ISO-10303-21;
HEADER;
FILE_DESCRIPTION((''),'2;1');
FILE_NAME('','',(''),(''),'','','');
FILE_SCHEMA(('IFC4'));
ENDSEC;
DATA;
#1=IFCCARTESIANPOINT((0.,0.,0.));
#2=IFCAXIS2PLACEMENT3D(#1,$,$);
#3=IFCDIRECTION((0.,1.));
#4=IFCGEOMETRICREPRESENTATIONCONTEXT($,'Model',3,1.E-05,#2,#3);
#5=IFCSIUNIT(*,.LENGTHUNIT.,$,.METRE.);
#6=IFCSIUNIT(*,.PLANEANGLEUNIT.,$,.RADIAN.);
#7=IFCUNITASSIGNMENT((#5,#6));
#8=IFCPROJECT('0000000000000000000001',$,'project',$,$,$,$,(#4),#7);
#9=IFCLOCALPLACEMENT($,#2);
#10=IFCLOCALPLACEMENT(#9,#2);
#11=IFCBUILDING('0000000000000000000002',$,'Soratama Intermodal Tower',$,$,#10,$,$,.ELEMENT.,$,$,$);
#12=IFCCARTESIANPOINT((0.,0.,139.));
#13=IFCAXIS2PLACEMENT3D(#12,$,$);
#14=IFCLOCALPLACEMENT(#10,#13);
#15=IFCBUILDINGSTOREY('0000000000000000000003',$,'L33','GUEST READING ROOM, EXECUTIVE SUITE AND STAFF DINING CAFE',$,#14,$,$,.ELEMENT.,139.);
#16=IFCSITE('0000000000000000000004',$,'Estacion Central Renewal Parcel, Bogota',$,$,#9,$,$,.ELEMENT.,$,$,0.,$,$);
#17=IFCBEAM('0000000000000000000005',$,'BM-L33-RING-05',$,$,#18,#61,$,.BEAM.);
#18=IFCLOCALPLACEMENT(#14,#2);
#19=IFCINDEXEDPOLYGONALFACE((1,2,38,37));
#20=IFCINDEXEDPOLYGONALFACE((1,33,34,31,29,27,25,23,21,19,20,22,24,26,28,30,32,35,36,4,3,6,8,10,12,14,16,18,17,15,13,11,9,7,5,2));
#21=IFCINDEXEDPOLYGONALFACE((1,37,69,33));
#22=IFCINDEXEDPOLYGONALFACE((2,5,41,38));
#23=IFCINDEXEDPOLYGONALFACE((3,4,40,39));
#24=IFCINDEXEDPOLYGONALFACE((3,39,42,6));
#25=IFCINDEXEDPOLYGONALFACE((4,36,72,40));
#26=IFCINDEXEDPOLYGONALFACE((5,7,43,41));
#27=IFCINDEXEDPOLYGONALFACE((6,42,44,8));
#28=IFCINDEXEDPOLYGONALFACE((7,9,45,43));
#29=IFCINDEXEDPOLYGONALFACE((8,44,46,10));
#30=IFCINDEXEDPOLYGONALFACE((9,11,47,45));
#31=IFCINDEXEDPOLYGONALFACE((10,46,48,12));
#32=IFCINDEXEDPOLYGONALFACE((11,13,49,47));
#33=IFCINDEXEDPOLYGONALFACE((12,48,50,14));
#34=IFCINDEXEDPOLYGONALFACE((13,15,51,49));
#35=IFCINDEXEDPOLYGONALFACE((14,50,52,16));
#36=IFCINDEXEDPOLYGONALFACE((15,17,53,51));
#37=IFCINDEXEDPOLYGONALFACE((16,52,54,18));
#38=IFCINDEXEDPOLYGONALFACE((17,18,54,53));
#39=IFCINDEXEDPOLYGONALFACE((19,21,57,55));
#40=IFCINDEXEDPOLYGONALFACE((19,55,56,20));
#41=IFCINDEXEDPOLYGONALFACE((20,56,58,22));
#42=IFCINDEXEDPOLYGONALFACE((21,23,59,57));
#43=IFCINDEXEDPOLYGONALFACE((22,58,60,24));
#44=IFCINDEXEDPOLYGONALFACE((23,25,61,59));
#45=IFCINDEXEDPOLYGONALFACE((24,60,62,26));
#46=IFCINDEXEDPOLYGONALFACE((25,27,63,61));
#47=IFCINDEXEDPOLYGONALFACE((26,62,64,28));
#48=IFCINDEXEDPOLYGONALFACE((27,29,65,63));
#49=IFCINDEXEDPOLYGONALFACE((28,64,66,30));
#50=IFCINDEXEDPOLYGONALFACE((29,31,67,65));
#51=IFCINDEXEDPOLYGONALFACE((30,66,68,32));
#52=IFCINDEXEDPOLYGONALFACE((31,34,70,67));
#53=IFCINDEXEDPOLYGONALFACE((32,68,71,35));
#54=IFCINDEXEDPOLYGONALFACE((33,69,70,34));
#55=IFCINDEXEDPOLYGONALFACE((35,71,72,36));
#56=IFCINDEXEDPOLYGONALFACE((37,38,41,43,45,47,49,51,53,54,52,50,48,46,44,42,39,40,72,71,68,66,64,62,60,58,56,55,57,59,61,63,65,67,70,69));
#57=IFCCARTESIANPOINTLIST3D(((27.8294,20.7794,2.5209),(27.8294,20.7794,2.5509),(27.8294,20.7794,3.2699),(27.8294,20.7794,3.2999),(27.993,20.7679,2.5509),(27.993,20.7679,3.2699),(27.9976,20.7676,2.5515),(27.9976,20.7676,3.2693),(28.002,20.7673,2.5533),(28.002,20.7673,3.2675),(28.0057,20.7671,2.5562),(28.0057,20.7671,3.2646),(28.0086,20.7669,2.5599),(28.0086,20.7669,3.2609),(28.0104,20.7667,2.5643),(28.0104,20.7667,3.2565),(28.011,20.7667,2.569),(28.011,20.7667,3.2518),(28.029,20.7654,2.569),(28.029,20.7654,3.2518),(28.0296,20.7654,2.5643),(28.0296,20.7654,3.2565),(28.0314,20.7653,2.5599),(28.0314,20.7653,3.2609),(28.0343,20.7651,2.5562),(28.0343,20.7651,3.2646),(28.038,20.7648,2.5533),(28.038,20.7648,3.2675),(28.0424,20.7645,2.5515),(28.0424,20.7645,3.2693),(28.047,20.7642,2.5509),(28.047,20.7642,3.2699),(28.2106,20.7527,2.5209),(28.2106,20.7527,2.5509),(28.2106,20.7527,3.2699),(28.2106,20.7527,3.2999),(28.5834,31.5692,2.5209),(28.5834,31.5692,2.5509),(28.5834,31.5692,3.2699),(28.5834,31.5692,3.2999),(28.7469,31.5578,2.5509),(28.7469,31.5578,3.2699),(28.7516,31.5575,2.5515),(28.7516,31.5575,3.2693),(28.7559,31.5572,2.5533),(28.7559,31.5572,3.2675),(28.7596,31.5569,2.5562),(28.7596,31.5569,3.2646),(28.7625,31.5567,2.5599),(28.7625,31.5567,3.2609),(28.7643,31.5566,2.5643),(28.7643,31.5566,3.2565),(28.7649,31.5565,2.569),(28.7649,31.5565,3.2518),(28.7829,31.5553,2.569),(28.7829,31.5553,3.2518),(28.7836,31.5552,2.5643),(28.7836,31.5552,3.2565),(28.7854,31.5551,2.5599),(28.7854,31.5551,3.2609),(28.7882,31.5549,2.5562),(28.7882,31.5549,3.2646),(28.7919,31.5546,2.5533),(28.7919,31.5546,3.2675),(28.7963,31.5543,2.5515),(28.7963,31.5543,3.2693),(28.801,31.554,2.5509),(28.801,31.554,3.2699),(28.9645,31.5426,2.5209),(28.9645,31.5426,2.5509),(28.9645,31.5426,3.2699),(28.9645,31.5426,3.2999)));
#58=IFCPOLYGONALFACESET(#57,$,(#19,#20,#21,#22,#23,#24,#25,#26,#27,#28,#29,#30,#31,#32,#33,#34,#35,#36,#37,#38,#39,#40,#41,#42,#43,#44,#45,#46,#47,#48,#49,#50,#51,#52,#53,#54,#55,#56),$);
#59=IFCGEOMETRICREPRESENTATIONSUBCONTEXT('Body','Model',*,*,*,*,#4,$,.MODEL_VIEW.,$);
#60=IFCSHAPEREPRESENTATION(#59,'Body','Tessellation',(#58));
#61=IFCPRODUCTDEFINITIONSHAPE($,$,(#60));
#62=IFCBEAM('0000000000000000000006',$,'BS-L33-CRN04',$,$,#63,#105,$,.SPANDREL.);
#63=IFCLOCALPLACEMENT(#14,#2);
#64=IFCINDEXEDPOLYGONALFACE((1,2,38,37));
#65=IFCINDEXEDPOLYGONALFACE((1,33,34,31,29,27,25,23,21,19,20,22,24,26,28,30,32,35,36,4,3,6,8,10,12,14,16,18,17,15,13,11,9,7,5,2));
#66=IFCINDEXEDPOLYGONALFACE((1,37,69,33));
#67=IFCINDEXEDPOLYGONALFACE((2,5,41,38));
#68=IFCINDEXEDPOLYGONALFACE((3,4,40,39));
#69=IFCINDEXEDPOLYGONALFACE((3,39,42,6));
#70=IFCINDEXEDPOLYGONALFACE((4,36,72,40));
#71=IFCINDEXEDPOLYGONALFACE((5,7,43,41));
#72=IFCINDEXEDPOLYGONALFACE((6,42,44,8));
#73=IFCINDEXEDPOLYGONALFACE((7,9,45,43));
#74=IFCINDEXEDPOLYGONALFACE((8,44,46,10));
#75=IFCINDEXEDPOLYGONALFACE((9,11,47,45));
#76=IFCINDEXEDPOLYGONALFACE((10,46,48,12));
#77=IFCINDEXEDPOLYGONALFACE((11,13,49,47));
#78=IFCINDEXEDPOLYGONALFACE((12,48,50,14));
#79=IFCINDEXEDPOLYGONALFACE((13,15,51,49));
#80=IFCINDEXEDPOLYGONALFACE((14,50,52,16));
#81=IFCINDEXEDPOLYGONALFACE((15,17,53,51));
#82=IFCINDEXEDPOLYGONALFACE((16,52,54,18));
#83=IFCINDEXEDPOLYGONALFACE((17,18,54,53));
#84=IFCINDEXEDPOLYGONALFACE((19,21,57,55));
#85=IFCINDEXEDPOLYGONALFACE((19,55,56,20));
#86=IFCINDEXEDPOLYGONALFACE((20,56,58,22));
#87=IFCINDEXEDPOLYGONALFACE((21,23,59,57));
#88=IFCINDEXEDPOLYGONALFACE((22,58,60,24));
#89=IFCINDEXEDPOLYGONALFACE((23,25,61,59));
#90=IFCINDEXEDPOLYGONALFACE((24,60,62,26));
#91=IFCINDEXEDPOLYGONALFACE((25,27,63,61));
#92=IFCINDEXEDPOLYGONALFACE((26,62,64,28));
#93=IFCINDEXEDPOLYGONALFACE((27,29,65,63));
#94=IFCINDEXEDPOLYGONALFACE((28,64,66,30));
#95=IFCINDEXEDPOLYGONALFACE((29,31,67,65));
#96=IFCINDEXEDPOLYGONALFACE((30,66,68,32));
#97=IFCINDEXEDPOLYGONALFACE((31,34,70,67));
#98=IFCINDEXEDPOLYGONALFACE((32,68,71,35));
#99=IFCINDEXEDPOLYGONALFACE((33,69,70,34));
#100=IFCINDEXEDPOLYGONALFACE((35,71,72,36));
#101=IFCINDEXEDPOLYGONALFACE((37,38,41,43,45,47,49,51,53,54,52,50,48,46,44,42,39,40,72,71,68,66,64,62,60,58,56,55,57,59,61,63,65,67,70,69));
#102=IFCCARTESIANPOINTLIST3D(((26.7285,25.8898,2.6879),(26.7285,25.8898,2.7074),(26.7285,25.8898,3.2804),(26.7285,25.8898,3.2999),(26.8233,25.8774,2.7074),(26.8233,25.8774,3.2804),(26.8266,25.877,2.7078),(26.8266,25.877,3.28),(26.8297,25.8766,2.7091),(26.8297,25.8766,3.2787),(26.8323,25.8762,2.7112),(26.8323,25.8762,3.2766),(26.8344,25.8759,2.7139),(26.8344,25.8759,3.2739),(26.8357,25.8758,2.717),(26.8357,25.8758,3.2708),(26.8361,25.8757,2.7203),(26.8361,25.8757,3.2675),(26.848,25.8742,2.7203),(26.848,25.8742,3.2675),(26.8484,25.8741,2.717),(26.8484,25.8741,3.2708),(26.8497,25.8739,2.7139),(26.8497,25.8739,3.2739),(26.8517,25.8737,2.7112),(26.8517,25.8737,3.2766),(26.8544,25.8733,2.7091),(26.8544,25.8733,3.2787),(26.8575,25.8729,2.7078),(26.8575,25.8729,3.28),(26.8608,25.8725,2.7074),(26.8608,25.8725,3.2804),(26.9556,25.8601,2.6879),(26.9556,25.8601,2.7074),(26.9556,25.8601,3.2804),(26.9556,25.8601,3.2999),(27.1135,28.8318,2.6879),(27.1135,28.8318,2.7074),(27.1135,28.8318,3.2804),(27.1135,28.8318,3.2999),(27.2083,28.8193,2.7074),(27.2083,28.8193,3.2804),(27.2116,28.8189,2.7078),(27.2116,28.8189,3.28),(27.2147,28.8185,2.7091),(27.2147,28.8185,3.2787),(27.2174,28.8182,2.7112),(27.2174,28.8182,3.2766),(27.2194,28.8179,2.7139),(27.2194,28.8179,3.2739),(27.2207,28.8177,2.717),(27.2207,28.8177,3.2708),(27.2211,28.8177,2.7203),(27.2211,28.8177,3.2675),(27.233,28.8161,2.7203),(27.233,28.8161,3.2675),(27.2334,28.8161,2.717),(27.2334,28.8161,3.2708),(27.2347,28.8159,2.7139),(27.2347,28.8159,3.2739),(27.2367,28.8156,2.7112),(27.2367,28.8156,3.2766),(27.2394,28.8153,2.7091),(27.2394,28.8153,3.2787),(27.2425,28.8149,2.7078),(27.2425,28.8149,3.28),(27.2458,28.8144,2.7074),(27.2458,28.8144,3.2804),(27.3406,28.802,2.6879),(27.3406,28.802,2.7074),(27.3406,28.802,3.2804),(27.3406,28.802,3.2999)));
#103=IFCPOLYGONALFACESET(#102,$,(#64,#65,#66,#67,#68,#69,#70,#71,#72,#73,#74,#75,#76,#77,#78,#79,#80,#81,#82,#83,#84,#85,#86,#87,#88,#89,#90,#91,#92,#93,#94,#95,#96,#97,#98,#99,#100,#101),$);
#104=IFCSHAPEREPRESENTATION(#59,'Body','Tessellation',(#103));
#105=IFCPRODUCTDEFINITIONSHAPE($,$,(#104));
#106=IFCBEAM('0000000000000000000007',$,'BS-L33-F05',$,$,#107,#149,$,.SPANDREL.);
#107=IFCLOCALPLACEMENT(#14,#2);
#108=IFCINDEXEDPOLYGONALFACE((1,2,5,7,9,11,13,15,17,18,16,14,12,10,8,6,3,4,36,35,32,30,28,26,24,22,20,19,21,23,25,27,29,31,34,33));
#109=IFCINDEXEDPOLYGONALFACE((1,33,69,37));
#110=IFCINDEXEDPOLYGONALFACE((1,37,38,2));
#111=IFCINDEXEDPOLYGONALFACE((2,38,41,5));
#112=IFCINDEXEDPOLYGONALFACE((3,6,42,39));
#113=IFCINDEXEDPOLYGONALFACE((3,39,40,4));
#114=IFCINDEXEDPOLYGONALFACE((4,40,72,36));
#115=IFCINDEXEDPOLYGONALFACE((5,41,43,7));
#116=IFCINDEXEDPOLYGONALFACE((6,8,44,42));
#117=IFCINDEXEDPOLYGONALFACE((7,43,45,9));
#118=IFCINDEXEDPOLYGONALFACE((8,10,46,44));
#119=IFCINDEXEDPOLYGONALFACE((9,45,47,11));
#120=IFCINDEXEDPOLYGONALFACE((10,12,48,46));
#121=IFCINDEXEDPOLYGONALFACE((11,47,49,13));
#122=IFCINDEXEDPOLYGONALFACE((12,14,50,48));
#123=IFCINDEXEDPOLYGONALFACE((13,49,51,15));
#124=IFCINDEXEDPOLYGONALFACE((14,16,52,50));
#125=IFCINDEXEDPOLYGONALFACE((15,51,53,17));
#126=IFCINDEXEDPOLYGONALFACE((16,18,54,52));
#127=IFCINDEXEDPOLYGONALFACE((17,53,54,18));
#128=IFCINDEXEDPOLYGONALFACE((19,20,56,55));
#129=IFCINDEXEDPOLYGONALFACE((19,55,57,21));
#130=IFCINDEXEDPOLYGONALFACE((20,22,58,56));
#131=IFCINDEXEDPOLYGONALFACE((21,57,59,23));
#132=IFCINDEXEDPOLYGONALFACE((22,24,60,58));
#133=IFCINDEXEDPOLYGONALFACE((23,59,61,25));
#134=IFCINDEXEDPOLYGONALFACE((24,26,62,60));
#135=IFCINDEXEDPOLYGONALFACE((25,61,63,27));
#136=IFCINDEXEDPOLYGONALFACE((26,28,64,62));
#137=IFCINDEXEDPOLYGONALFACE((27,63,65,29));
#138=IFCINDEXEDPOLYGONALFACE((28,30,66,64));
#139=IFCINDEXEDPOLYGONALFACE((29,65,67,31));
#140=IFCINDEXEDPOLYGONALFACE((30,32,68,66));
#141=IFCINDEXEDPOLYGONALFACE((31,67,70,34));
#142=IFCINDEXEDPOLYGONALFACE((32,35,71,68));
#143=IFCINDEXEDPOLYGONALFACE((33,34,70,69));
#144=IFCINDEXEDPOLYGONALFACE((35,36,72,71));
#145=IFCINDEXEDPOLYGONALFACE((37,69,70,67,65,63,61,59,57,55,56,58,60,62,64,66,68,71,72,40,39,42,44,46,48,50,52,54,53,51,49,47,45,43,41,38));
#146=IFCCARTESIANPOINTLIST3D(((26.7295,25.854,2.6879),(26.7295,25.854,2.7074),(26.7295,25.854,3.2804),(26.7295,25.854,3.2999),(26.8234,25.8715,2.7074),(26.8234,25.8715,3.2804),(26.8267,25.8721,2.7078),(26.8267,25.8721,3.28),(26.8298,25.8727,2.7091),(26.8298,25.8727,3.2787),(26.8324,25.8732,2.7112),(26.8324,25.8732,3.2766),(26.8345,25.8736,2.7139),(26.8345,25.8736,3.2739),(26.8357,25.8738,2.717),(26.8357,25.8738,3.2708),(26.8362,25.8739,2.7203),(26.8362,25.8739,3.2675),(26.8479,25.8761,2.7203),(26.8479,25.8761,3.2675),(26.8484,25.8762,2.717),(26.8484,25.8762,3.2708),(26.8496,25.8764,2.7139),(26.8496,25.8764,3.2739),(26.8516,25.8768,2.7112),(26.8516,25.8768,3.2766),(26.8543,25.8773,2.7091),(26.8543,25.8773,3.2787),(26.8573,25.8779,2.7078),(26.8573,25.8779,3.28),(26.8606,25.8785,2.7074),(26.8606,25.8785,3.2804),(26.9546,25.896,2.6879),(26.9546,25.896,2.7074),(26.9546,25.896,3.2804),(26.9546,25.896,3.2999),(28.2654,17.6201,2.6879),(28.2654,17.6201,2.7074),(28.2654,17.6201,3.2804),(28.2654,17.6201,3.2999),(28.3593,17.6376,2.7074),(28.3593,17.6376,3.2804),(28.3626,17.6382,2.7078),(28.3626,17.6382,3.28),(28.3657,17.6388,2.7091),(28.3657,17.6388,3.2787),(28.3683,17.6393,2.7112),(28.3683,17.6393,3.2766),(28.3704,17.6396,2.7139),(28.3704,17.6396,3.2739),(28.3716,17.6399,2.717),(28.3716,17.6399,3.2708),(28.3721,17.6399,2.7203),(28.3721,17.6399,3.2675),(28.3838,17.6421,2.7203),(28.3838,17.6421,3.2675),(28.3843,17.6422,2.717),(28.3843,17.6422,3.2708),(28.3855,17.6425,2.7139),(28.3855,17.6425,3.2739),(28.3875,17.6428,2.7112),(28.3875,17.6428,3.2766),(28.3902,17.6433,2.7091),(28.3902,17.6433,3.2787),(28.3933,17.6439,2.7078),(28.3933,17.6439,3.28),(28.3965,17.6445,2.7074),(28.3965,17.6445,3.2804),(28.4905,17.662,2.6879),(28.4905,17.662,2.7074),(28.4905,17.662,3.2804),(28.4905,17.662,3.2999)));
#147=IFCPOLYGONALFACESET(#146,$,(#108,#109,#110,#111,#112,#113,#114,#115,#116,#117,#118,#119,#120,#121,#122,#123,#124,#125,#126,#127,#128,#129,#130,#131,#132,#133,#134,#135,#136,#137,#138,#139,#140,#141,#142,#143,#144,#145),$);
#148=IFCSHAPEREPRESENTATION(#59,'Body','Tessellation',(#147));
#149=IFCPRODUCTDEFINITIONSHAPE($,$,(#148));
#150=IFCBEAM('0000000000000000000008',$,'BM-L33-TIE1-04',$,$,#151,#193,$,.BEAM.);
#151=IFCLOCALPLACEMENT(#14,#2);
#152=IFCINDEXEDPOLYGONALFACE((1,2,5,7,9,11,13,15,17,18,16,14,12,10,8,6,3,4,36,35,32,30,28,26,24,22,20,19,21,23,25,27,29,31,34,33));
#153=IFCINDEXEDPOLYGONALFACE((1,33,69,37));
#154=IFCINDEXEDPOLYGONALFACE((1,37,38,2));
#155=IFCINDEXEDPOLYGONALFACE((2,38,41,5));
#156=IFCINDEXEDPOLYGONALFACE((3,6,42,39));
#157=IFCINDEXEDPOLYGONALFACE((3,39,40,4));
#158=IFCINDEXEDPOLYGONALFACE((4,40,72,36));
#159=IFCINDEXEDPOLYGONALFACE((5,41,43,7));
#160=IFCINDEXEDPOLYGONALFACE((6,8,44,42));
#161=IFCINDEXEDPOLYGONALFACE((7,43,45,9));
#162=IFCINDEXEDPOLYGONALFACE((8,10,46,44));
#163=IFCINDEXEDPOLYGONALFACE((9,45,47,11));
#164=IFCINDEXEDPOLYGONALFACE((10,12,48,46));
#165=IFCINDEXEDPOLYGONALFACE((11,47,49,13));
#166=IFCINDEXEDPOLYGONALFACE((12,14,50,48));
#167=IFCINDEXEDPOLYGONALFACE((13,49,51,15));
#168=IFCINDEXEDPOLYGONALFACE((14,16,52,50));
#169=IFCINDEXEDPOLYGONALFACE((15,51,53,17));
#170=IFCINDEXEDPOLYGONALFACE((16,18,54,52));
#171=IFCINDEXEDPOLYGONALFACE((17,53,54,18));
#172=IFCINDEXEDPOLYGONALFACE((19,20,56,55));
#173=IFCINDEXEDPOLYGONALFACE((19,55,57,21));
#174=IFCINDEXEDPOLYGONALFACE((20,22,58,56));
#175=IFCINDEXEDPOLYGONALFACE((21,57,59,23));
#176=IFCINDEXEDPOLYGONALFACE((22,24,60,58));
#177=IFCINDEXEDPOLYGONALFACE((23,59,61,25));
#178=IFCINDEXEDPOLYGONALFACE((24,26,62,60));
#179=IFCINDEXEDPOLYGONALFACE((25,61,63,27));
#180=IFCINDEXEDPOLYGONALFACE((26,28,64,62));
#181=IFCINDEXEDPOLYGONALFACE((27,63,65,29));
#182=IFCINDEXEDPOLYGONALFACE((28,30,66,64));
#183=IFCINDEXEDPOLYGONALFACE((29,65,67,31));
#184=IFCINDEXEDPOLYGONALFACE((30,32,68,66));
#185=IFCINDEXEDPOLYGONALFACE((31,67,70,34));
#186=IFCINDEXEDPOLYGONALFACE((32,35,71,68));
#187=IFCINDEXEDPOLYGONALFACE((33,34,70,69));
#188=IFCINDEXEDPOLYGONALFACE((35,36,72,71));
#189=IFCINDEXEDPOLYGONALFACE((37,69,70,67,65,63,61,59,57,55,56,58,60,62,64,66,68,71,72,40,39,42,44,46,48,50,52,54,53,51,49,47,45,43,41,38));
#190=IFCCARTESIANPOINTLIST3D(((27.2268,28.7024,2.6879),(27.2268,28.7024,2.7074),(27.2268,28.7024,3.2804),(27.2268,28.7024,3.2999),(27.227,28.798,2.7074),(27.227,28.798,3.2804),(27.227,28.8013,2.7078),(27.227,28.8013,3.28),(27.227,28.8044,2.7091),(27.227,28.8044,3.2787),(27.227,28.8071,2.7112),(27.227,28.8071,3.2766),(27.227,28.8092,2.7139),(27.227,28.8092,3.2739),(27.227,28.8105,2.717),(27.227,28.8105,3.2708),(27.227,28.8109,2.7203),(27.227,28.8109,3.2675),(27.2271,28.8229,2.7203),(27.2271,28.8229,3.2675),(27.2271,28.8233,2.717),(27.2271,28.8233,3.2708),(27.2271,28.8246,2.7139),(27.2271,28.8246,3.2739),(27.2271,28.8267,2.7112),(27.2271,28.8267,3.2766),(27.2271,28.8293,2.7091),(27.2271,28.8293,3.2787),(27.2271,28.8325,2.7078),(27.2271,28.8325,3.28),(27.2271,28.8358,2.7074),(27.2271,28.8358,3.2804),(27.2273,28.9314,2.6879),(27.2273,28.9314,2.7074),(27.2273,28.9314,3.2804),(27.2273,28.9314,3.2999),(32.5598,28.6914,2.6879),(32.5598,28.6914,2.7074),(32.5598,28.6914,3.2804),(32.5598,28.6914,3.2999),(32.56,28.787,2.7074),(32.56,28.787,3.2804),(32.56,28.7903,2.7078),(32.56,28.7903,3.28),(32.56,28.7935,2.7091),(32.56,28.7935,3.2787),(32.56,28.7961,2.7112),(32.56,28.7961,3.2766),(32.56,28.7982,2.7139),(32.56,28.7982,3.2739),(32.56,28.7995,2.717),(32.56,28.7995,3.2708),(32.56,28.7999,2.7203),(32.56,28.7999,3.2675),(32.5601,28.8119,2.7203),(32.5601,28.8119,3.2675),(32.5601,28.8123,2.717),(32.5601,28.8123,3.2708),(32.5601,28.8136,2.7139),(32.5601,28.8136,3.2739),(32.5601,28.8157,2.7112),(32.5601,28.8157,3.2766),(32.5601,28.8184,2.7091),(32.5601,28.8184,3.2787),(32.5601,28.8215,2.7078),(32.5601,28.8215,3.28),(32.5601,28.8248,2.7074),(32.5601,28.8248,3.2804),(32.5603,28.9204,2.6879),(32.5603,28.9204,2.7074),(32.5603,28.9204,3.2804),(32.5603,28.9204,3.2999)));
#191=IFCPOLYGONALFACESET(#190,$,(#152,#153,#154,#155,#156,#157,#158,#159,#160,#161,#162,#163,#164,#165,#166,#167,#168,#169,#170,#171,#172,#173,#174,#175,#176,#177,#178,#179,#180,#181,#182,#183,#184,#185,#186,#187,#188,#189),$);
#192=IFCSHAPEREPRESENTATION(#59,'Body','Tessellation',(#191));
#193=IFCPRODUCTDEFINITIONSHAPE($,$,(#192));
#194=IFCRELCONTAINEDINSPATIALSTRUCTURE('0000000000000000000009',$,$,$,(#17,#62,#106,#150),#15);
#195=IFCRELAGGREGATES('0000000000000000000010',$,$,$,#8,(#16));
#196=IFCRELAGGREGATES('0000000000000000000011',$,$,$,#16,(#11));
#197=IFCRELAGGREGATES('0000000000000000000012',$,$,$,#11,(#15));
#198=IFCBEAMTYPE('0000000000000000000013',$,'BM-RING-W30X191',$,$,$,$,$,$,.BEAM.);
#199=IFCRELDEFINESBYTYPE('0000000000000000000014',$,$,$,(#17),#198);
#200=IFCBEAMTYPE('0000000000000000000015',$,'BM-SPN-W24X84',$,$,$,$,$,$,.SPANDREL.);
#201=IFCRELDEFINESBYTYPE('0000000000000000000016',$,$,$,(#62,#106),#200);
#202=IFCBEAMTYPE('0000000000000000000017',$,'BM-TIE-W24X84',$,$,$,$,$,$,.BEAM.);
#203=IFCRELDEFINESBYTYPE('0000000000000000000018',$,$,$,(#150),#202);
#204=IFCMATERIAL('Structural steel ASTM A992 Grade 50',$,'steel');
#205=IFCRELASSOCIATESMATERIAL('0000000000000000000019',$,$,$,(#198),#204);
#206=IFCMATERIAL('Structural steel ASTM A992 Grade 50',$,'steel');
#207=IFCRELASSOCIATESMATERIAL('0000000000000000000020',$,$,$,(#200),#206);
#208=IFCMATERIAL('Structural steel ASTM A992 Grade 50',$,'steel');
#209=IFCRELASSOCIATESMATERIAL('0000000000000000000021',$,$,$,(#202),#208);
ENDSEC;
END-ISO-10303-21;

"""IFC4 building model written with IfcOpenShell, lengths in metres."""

from ifc_helpers import new_model, si_unit, direction, frame, origin, origin_2d, place, context, subcontext, project, spatial, i_section, extrude, material, material_profile, profile_set, type_object, element, save


model = new_model("IFC4")

# Units and contexts
model_context = context("Model", 3, precision=1e-05, world=origin(), true_north=direction((0.0, 1.0)))
body_context = subcontext(model_context, "Body", "Model", "MODEL_VIEW")
ifc_project = project(units=[si_unit("LENGTHUNIT", "METRE"), si_unit("PLANEANGLEUNIT", "RADIAN")], contexts=[model_context])

# Site, building, storey
site_placement = place(None, origin())
site = spatial("IfcSite", under=ifc_project, at=site_placement, Name="Estacion Central Renewal Parcel, Bogota", CompositionType="ELEMENT", RefElevation=0.0)
building_placement = place(site_placement, origin())
building = spatial("IfcBuilding", under=site, at=building_placement, Name="Soratama Intermodal Tower", CompositionType="ELEMENT")
storey_placement = place(building_placement, frame((0.0, 0.0, 139.0)))
storey = spatial("IfcBuildingStorey", under=building, at=storey_placement, Name="L33", Description="GUEST READING ROOM, EXECUTIVE SUITE AND STAFF DINING CAFE", CompositionType="ELEMENT", Elevation=139.0)

# Beams
ifc_material_1 = material(Name="Structural steel ASTM A992 Grade 50", Category="steel")
ifc_material_profile_1 = material_profile(ifc_material_1, i_section(OverallWidth=0.3821, OverallDepth=0.7791, WebThickness=0.0181, FlangeThickness=0.03, FilletRadius=0.0181, at=origin_2d()), Name="W30X191")
ifc_profile_set_1 = profile_set([ifc_material_profile_1], Name="Structural steel ASTM A992 Grade 50")
beam_type_1 = type_object("IfcBeamType", Name="BM-RING-W30X191", PredefinedType="BEAM", material=ifc_profile_set_1)
beam_1_placement = place(storey_placement, frame((28.7739, 31.5559, 2.9104), z_axis=(-0.069702, -0.997568, 0.0), x_axis=(0.997568, -0.069702, 0.0)))
element("IfcBeam", 1, at=beam_1_placement, inside=storey, type_object=beam_type_1, Name="BM-L33-RING-05", PredefinedType="BEAM", context=body_context, shape_type="SweptSolid", body=[
    extrude(i_section(OverallWidth=0.3821, OverallDepth=0.7791, WebThickness=0.0181, FlangeThickness=0.03, FilletRadius=0.0181, at=origin_2d()), origin(), (0.0, 0.0, 1.0), 10.8162),
])
ifc_material_2 = material(Name="Structural steel ASTM A992 Grade 50", Category="steel")
ifc_material_profile_2 = material_profile(ifc_material_2, i_section(OverallWidth=0.229, OverallDepth=0.6121, WebThickness=0.012, FlangeThickness=0.0195, FilletRadius=0.0129, at=origin_2d()), Name="W24X84")
ifc_profile_set_2 = profile_set([ifc_material_profile_2], Name="Structural steel ASTM A992 Grade 50")
beam_type_2 = type_object("IfcBeamType", Name="BM-SPN-W24X84", PredefinedType="SPANDREL", material=ifc_profile_set_2)
beam_2_placement = place(storey_placement, frame((27.2271, 28.8169, 2.9939), z_axis=(-0.129765, -0.991545, 0.0), x_axis=(0.991545, -0.129765, 0.0)))
element("IfcBeam", 2, at=beam_2_placement, inside=storey, type_object=beam_type_2, Name="BS-L33-CRN04", PredefinedType="SPANDREL", context=body_context, shape_type="SweptSolid", body=[
    extrude(i_section(OverallWidth=0.229, OverallDepth=0.6121, WebThickness=0.012, FlangeThickness=0.0195, FilletRadius=0.0129, at=origin_2d()), origin(), (0.0, 0.0, 1.0), 2.967),
])
beam_3_placement = place(storey_placement, frame((26.842, 25.875, 2.9939), z_axis=(0.18337, -0.983044, 0.0), x_axis=(0.983044, 0.18337, 0.0)))
element("IfcBeam", 3, at=beam_3_placement, inside=storey, type_object=beam_type_2, Name="BS-L33-F05", PredefinedType="SPANDREL", context=body_context, shape_type="SweptSolid", body=[
    extrude(i_section(OverallWidth=0.229, OverallDepth=0.6121, WebThickness=0.012, FlangeThickness=0.0195, FilletRadius=0.0129, at=origin_2d()), origin(), (0.0, 0.0, 1.0), 8.376),
])
ifc_material_3 = material(Name="Structural steel ASTM A992 Grade 50", Category="steel")
ifc_material_profile_3 = material_profile(ifc_material_3, i_section(OverallWidth=0.229, OverallDepth=0.6121, WebThickness=0.012, FlangeThickness=0.0195, FilletRadius=0.0129, at=origin_2d()), Name="W24X84")
ifc_profile_set_3 = profile_set([ifc_material_profile_3], Name="Structural steel ASTM A992 Grade 50")
beam_type_3 = type_object("IfcBeamType", Name="BM-TIE-W24X84", PredefinedType="BEAM", material=ifc_profile_set_3)
beam_4_placement = place(storey_placement, frame((32.5601, 28.8059, 2.9939), z_axis=(-0.999998, 0.00206, 0.0), x_axis=(-0.00206, -0.999998, 0.0)))
element("IfcBeam", 4, at=beam_4_placement, inside=storey, type_object=beam_type_3, Name="BM-L33-TIE1-04", PredefinedType="BEAM", context=body_context, shape_type="SweptSolid", body=[
    extrude(i_section(OverallWidth=0.229, OverallDepth=0.6121, WebThickness=0.012, FlangeThickness=0.0195, FilletRadius=0.0129, at=origin_2d()), origin(), (0.0, 0.0, 1.0), 5.333),
])

save(model, "model.ifc")
